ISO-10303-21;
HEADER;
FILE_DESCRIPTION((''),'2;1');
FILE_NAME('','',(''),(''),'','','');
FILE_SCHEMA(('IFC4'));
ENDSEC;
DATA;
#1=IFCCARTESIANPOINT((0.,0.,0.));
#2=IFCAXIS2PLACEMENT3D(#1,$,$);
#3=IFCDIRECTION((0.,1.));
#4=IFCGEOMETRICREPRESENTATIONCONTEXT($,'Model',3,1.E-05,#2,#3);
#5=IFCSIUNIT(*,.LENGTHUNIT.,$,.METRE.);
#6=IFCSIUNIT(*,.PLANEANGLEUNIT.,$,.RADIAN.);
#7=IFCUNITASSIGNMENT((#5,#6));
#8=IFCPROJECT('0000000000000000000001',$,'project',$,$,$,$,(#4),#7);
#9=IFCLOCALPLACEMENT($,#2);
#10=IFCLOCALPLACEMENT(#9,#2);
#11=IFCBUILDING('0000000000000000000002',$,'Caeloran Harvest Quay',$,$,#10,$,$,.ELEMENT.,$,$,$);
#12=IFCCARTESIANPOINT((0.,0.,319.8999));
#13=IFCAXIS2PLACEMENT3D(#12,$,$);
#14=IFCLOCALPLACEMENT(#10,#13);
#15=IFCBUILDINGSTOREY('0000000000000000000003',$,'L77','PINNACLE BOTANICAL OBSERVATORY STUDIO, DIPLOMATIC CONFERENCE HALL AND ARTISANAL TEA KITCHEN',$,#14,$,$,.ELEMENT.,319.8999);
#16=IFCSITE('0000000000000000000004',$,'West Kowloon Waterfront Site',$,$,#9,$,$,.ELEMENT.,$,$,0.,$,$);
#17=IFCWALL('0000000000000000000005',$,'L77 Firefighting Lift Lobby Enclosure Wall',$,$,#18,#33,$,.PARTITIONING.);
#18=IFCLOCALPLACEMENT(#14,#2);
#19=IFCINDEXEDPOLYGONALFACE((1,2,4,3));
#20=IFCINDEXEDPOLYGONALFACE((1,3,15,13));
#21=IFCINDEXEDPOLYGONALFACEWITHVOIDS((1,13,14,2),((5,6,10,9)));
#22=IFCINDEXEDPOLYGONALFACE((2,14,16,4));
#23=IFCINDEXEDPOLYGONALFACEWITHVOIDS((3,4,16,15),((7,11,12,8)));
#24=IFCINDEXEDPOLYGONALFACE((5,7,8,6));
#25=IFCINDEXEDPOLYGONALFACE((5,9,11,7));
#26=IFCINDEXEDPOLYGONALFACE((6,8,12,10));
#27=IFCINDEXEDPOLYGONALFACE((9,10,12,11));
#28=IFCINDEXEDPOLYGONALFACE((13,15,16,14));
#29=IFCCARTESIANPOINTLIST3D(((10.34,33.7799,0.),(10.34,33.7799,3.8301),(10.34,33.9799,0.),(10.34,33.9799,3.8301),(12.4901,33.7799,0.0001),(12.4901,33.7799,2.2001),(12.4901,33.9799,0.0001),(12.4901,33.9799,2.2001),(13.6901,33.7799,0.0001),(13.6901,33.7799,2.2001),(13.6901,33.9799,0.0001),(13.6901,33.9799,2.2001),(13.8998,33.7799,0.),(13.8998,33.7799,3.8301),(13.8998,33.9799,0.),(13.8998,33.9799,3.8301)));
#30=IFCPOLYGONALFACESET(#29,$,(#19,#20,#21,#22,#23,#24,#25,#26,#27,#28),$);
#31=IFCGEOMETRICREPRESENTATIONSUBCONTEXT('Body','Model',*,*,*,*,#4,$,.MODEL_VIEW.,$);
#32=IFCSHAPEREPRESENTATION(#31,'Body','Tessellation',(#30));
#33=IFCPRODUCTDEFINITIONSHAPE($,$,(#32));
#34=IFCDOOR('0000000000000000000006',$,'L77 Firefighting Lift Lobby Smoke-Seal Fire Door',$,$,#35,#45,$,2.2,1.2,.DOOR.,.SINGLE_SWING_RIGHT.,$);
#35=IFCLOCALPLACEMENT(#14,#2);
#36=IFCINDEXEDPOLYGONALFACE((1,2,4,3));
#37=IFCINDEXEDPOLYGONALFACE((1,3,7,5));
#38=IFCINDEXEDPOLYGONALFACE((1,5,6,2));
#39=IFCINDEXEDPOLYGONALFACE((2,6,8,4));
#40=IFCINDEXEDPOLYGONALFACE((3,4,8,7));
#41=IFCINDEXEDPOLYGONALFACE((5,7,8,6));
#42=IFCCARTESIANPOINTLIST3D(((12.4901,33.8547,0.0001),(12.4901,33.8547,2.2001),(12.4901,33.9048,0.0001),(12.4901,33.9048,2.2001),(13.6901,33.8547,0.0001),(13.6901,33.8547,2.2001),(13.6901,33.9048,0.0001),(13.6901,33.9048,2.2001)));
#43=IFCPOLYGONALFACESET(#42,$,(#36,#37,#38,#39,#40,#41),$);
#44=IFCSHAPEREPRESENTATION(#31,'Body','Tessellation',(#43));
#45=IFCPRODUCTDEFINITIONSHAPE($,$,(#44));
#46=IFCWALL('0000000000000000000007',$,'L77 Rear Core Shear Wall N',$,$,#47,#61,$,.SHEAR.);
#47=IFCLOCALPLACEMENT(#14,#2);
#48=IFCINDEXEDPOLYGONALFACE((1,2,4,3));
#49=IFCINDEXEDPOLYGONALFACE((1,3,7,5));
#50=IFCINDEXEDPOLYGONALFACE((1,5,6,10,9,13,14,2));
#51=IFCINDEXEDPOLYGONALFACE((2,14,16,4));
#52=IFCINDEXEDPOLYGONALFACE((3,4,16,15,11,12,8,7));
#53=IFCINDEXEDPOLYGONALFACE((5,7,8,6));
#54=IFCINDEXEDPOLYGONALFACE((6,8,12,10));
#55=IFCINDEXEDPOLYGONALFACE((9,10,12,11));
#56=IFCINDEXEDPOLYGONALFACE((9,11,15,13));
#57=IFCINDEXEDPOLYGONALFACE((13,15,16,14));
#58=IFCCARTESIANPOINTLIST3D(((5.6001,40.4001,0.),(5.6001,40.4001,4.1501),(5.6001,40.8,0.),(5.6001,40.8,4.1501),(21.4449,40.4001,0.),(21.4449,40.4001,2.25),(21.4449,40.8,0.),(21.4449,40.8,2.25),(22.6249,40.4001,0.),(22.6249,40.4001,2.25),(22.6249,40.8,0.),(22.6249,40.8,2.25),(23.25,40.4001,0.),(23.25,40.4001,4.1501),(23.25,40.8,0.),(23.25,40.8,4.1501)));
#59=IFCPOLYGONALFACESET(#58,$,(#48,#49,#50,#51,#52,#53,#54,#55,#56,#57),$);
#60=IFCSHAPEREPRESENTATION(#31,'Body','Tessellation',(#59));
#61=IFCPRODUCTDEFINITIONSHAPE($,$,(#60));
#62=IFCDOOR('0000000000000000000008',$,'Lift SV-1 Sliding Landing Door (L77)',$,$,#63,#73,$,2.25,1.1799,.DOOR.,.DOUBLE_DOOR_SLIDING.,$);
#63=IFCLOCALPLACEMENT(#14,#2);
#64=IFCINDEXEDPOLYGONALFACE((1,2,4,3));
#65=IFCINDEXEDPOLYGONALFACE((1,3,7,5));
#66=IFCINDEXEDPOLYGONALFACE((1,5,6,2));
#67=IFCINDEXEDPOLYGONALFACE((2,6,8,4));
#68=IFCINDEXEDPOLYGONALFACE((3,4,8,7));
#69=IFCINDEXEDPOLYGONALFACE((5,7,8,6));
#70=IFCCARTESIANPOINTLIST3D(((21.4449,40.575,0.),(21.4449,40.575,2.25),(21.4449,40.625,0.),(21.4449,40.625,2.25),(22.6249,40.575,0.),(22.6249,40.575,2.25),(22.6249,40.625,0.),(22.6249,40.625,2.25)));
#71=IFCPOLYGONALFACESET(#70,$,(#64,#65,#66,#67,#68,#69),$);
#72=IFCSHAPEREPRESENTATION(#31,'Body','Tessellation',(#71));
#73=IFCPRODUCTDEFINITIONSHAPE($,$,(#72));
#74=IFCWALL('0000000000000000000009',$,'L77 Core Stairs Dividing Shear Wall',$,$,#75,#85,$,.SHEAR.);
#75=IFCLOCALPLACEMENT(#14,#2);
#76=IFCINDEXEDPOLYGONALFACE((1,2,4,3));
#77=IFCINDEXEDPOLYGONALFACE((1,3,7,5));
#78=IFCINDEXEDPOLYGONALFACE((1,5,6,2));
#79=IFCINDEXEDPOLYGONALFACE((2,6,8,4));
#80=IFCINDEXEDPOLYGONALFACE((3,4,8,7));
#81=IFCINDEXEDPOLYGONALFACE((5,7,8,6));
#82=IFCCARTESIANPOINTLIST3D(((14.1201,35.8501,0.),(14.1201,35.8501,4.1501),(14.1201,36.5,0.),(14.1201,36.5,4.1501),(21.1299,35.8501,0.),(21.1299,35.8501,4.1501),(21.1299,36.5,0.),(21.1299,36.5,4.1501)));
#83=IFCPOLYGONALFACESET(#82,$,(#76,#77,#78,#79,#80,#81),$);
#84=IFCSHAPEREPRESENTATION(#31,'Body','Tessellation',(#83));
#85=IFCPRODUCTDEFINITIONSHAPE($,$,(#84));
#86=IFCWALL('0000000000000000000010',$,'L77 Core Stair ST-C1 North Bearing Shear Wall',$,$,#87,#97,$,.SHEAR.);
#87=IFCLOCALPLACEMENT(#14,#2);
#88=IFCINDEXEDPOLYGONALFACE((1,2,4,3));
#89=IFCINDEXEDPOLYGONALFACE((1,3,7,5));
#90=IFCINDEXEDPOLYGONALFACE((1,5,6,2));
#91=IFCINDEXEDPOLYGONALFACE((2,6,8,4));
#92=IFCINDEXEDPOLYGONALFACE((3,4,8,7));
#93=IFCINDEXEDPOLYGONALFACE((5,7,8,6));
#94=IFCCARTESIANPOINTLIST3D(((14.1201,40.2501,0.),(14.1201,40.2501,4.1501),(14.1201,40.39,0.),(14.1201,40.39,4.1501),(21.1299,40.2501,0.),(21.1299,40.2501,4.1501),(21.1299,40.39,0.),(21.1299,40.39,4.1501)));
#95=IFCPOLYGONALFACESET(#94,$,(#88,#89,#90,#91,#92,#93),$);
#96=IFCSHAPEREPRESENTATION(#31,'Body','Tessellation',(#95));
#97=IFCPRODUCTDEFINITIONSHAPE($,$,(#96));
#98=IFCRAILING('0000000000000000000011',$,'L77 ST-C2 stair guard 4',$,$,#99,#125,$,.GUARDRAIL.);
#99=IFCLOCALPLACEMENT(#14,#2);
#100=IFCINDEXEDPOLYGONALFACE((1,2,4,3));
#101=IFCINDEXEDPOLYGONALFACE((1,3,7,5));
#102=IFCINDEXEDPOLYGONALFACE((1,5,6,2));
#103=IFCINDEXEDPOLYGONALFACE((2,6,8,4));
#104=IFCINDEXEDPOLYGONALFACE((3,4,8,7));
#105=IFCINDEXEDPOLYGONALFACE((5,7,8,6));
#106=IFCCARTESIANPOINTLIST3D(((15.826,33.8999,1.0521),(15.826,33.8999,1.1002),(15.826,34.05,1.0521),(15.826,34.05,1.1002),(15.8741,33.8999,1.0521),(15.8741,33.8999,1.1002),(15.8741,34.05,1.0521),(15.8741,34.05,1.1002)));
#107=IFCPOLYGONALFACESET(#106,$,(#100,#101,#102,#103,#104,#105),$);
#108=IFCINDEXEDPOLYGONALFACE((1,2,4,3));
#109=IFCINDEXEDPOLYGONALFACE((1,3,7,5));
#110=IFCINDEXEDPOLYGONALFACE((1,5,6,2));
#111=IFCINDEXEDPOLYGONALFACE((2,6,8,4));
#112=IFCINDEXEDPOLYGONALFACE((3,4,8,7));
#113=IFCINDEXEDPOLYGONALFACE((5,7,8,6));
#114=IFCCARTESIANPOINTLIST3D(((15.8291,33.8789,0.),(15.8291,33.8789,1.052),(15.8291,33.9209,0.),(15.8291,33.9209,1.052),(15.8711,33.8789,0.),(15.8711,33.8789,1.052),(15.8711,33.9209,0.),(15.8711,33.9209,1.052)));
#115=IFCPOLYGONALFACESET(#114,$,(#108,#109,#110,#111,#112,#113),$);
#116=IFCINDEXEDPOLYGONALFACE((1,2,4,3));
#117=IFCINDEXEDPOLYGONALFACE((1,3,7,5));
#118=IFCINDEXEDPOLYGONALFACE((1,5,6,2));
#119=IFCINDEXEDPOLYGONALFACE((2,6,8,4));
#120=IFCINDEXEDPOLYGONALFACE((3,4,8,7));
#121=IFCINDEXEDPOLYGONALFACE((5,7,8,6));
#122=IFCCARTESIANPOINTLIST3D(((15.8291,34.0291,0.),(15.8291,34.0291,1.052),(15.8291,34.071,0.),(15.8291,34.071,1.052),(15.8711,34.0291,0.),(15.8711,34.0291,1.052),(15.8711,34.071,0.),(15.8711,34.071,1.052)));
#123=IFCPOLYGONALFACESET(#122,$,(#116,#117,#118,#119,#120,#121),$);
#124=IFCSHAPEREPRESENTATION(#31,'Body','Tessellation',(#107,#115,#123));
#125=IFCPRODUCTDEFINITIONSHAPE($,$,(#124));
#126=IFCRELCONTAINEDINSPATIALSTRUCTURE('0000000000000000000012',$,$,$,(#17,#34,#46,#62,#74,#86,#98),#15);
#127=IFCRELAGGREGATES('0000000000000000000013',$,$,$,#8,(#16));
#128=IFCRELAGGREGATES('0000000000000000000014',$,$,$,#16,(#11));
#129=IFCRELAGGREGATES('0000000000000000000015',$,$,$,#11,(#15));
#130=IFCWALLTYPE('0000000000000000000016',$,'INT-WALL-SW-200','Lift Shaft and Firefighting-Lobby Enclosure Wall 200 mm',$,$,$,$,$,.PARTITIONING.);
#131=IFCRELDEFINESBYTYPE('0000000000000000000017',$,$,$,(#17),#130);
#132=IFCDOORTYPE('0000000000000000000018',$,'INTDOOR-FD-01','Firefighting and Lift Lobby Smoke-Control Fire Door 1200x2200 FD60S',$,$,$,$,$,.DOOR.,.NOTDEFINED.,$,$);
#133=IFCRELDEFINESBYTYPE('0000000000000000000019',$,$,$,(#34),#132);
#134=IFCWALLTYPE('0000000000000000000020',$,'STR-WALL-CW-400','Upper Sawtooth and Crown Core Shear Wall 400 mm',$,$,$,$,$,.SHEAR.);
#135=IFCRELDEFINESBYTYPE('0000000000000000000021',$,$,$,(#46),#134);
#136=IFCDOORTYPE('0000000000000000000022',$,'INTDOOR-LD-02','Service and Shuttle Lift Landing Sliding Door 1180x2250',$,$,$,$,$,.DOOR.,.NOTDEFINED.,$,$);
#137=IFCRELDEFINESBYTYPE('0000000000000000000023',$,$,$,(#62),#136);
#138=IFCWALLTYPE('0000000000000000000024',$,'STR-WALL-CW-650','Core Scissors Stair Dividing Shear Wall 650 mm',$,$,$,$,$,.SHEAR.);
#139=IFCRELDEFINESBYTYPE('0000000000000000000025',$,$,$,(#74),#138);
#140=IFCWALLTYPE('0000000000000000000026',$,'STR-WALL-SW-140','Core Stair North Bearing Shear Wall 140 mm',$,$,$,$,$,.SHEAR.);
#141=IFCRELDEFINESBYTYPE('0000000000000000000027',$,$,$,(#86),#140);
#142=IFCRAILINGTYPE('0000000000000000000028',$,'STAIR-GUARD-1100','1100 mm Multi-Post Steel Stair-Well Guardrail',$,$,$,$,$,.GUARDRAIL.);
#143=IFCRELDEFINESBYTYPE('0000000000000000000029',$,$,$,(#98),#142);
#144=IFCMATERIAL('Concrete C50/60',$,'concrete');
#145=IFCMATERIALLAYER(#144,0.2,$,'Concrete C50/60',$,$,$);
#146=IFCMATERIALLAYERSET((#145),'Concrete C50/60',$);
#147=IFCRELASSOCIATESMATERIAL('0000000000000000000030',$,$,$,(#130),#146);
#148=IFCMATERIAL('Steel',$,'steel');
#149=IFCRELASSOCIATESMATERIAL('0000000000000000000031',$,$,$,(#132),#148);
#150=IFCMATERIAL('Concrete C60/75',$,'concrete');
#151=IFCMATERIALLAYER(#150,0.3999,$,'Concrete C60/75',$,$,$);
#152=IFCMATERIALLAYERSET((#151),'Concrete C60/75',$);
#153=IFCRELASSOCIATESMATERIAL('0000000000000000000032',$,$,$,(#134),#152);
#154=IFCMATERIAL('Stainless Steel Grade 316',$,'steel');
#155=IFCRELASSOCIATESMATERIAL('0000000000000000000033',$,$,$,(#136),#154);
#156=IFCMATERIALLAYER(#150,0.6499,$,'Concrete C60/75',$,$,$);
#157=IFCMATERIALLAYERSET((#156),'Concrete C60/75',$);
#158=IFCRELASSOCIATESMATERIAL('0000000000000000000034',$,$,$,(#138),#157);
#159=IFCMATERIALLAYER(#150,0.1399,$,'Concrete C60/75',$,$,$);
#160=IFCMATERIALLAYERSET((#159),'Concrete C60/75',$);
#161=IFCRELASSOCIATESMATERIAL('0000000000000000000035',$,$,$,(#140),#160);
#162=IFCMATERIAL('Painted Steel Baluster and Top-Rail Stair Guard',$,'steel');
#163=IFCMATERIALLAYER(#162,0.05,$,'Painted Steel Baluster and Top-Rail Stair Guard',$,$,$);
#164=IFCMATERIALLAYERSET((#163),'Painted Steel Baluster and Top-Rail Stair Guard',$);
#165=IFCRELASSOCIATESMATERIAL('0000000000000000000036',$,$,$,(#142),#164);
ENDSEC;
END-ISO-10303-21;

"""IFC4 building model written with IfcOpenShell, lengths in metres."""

from ifc_helpers import new_model, si_unit, direction, frame, frame_2d, origin, origin_2d, place, context, subcontext, project, spatial, rectangle, extrude, material, layer, layer_set, type_object, element, fill, save


model = new_model("IFC4")

# Units and contexts
model_context = context("Model", 3, precision=1e-05, world=origin(), true_north=direction((0.0, 1.0)))
body_context = subcontext(model_context, "Body", "Model", "MODEL_VIEW")
ifc_project = project(units=[si_unit("LENGTHUNIT", "METRE"), si_unit("PLANEANGLEUNIT", "RADIAN")], contexts=[model_context])

# Site, building, storey
site_placement = place(None, origin())
site = spatial("IfcSite", under=ifc_project, at=site_placement, Name="West Kowloon Waterfront Site", CompositionType="ELEMENT", RefElevation=0.0)
building_placement = place(site_placement, origin())
building = spatial("IfcBuilding", under=site, at=building_placement, Name="Caeloran Harvest Quay", CompositionType="ELEMENT")
storey_placement = place(building_placement, frame((0.0, 0.0, 319.8999)))
storey = spatial("IfcBuildingStorey", under=building, at=storey_placement, Name="L77", Description="PINNACLE BOTANICAL OBSERVATORY STUDIO, DIPLOMATIC CONFERENCE HALL AND ARTISANAL TEA KITCHEN", CompositionType="ELEMENT", Elevation=319.8999)

# Shared definitions
ifc_material_1 = material(Name="Concrete C50/60", Category="concrete")
ifc_layer_1 = layer(ifc_material_1, 0.2, Name="Concrete C50/60")
ifc_layer_set_1 = layer_set([ifc_layer_1], Name="Concrete C50/60")
wall_type_1 = type_object("IfcWallType", Name="INT-WALL-SW-200", Description="Lift Shaft and Firefighting-Lobby Enclosure Wall 200 mm", PredefinedType="PARTITIONING", material=ifc_layer_set_1)

# Shared definitions
ifc_material_2 = material(Name="Stainless Steel Grade 316", Category="steel")

# Walls, openings, doors
wall_1_placement = place(storey_placement, frame((10.3401, 33.8799, 0.0), z_axis=(0.0, 0.0, 1.0), x_axis=(1.0, 0.0, 0.0)))
wall_1 = element("IfcWall", 1, at=wall_1_placement, inside=storey, type_object=wall_type_1, Name="L77 Firefighting Lift Lobby Enclosure Wall", PredefinedType="PARTITIONING", context=body_context, shape_type="SweptSolid", body=[
    extrude(rectangle(XDim=3.5598, YDim=0.2, at=frame_2d((1.7798, 0.0))), origin(), (0.0, 0.0, 1.0), 3.8301),
])
opening_1_placement = place(wall_1_placement, frame((2.1499, 0.0, 0.0)))
opening_1 = element("IfcOpeningElement", 2, at=opening_1_placement, cuts=wall_1, PredefinedType="OPENING", context=body_context, shape_type="SweptSolid", body=[
    extrude(rectangle(XDim=1.2, YDim=2.2, at=frame_2d((0.6001, 1.1001))), frame((0.0, 0.1099, 0.0), z_axis=(0.0, -1.0, 0.0), x_axis=(1.0, 0.0, 0.0)), (0.0, 0.0, 1.0), 0.22),
])
ifc_material_3 = material(Name="Steel", Category="steel")
door_type_1 = type_object("IfcDoorType", Name="INTDOOR-FD-01", Description="Firefighting and Lift Lobby Smoke-Control Fire Door 1200x2200 FD60S", OperationType="NOTDEFINED", PredefinedType="DOOR", material=ifc_material_3)
door_1_placement = place(opening_1_placement, origin())
door_1 = element("IfcDoor", 3, at=door_1_placement, inside=storey, type_object=door_type_1, Name="L77 Firefighting Lift Lobby Smoke-Seal Fire Door", OperationType="SINGLE_SWING_RIGHT", OverallHeight=2.2, OverallWidth=1.2, PredefinedType="DOOR", context=body_context, shape_type="SweptSolid", body=[
    extrude(rectangle(XDim=1.2, YDim=2.2, at=frame_2d((0.6001, 1.1001))), frame((0.0, 0.0249, 0.0), z_axis=(0.0, -1.0, 0.0), x_axis=(1.0, 0.0, 0.0)), (0.0, 0.0, 1.0), 0.05),
])
fill(opening_1, door_1)
ifc_material_4 = material(Name="Concrete C60/75", Category="concrete")
ifc_layer_2 = layer(ifc_material_4, 0.3999, Name="Concrete C60/75")
ifc_layer_set_2 = layer_set([ifc_layer_2], Name="Concrete C60/75")
wall_type_2 = type_object("IfcWallType", Name="STR-WALL-CW-400", Description="Upper Sawtooth and Crown Core Shear Wall 400 mm", PredefinedType="SHEAR", material=ifc_layer_set_2)
wall_2_placement = place(storey_placement, frame((5.6001, 40.6001, 0.0), z_axis=(0.0, 0.0, 1.0), x_axis=(1.0, 0.0, 0.0)))
wall_2 = element("IfcWall", 4, at=wall_2_placement, inside=storey, type_object=wall_type_2, Name="L77 Rear Core Shear Wall N", PredefinedType="SHEAR", context=body_context, shape_type="SweptSolid", body=[
    extrude(rectangle(XDim=17.6499, YDim=0.3999, at=frame_2d((8.825, 0.0))), origin(), (0.0, 0.0, 1.0), 4.1501),
])
opening_2_placement = place(wall_2_placement, frame((15.845, 0.0, 0.0)))
opening_2 = element("IfcOpeningElement", 5, at=opening_2_placement, cuts=wall_2, PredefinedType="OPENING", context=body_context, shape_type="SweptSolid", body=[
    extrude(rectangle(XDim=1.1799, YDim=2.25, at=frame_2d((0.5898, 1.125))), frame((0.0, 0.21, 0.0), z_axis=(0.0, -1.0, 0.0), x_axis=(1.0, 0.0, 0.0)), (0.0, 0.0, 1.0), 0.4199),
])
door_type_2 = type_object("IfcDoorType", Name="INTDOOR-LD-02", Description="Service and Shuttle Lift Landing Sliding Door 1180x2250", OperationType="NOTDEFINED", PredefinedType="DOOR", material=ifc_material_2)
door_2_placement = place(opening_2_placement, origin())
door_2 = element("IfcDoor", 6, at=door_2_placement, inside=storey, type_object=door_type_2, Name="Lift SV-1 Sliding Landing Door (L77)", OperationType="DOUBLE_DOOR_SLIDING", OverallHeight=2.25, OverallWidth=1.1799, PredefinedType="DOOR", context=body_context, shape_type="SweptSolid", body=[
    extrude(rectangle(XDim=1.1799, YDim=2.25, at=frame_2d((0.5898, 1.125))), frame((0.0, 0.0249, 0.0), z_axis=(0.0, -1.0, 0.0), x_axis=(1.0, 0.0, 0.0)), (0.0, 0.0, 1.0), 0.05),
])
fill(opening_2, door_2)

# Walls
ifc_layer_3 = layer(ifc_material_4, 0.6499, Name="Concrete C60/75")
ifc_layer_set_3 = layer_set([ifc_layer_3], Name="Concrete C60/75")
wall_type_3 = type_object("IfcWallType", Name="STR-WALL-CW-650", Description="Core Scissors Stair Dividing Shear Wall 650 mm", PredefinedType="SHEAR", material=ifc_layer_set_3)
wall_3_placement = place(storey_placement, frame((14.1201, 36.175, 0.0), z_axis=(0.0, 0.0, 1.0), x_axis=(1.0, 0.0, 0.0)))
element("IfcWall", 7, at=wall_3_placement, inside=storey, type_object=wall_type_3, Name="L77 Core Stairs Dividing Shear Wall", PredefinedType="SHEAR", context=body_context, shape_type="SweptSolid", body=[
    extrude(rectangle(XDim=7.0098, YDim=0.6499, at=frame_2d((3.5049, 0.0))), origin(), (0.0, 0.0, 1.0), 4.1501),
])
ifc_layer_4 = layer(ifc_material_4, 0.1399, Name="Concrete C60/75")
ifc_layer_set_4 = layer_set([ifc_layer_4], Name="Concrete C60/75")
wall_type_4 = type_object("IfcWallType", Name="STR-WALL-SW-140", Description="Core Stair North Bearing Shear Wall 140 mm", PredefinedType="SHEAR", material=ifc_layer_set_4)
wall_4_placement = place(storey_placement, frame((14.1201, 40.3201, 0.0), z_axis=(0.0, 0.0, 1.0), x_axis=(1.0, 0.0, 0.0)))
element("IfcWall", 8, at=wall_4_placement, inside=storey, type_object=wall_type_4, Name="L77 Core Stair ST-C1 North Bearing Shear Wall", PredefinedType="SHEAR", context=body_context, shape_type="SweptSolid", body=[
    extrude(rectangle(XDim=7.0098, YDim=0.1399, at=frame_2d((3.5049, 0.0))), origin(), (0.0, 0.0, 1.0), 4.1501),
])

# Railing
ifc_material_5 = material(Name="Painted Steel Baluster and Top-Rail Stair Guard", Category="steel")
ifc_layer_5 = layer(ifc_material_5, 0.05, Name="Painted Steel Baluster and Top-Rail Stair Guard")
ifc_layer_set_5 = layer_set([ifc_layer_5], Name="Painted Steel Baluster and Top-Rail Stair Guard")
railing_type = type_object("IfcRailingType", Name="STAIR-GUARD-1100", Description="1100 mm Multi-Post Steel Stair-Well Guardrail", PredefinedType="GUARDRAIL", material=ifc_layer_set_5)
railing_placement = place(storey_placement, frame((15.8501, 33.8999, 0.0)))
element("IfcRailing", 9, at=railing_placement, inside=storey, type_object=railing_type, Name="L77 ST-C2 stair guard 4", PredefinedType="GUARDRAIL", context=body_context, shape_type="SweptSolid", body=[
    extrude(rectangle(XDim=0.0481, YDim=0.0481, at=origin_2d()), frame((0.0, 0.0, 1.0762), z_axis=(0.0, 1.0, 0.0), x_axis=(-1.0, 0.0, 0.0)), (0.0, 0.0, 1.0), 0.1501),
    extrude(rectangle(XDim=0.042, YDim=0.042, at=origin_2d()), origin(), (0.0, 0.0, 1.0), 1.052),
    extrude(rectangle(XDim=0.042, YDim=0.042, at=origin_2d()), frame((0.0, 0.1501, 0.0)), (0.0, 0.0, 1.0), 1.052),
])

save(model, "model.ifc")
